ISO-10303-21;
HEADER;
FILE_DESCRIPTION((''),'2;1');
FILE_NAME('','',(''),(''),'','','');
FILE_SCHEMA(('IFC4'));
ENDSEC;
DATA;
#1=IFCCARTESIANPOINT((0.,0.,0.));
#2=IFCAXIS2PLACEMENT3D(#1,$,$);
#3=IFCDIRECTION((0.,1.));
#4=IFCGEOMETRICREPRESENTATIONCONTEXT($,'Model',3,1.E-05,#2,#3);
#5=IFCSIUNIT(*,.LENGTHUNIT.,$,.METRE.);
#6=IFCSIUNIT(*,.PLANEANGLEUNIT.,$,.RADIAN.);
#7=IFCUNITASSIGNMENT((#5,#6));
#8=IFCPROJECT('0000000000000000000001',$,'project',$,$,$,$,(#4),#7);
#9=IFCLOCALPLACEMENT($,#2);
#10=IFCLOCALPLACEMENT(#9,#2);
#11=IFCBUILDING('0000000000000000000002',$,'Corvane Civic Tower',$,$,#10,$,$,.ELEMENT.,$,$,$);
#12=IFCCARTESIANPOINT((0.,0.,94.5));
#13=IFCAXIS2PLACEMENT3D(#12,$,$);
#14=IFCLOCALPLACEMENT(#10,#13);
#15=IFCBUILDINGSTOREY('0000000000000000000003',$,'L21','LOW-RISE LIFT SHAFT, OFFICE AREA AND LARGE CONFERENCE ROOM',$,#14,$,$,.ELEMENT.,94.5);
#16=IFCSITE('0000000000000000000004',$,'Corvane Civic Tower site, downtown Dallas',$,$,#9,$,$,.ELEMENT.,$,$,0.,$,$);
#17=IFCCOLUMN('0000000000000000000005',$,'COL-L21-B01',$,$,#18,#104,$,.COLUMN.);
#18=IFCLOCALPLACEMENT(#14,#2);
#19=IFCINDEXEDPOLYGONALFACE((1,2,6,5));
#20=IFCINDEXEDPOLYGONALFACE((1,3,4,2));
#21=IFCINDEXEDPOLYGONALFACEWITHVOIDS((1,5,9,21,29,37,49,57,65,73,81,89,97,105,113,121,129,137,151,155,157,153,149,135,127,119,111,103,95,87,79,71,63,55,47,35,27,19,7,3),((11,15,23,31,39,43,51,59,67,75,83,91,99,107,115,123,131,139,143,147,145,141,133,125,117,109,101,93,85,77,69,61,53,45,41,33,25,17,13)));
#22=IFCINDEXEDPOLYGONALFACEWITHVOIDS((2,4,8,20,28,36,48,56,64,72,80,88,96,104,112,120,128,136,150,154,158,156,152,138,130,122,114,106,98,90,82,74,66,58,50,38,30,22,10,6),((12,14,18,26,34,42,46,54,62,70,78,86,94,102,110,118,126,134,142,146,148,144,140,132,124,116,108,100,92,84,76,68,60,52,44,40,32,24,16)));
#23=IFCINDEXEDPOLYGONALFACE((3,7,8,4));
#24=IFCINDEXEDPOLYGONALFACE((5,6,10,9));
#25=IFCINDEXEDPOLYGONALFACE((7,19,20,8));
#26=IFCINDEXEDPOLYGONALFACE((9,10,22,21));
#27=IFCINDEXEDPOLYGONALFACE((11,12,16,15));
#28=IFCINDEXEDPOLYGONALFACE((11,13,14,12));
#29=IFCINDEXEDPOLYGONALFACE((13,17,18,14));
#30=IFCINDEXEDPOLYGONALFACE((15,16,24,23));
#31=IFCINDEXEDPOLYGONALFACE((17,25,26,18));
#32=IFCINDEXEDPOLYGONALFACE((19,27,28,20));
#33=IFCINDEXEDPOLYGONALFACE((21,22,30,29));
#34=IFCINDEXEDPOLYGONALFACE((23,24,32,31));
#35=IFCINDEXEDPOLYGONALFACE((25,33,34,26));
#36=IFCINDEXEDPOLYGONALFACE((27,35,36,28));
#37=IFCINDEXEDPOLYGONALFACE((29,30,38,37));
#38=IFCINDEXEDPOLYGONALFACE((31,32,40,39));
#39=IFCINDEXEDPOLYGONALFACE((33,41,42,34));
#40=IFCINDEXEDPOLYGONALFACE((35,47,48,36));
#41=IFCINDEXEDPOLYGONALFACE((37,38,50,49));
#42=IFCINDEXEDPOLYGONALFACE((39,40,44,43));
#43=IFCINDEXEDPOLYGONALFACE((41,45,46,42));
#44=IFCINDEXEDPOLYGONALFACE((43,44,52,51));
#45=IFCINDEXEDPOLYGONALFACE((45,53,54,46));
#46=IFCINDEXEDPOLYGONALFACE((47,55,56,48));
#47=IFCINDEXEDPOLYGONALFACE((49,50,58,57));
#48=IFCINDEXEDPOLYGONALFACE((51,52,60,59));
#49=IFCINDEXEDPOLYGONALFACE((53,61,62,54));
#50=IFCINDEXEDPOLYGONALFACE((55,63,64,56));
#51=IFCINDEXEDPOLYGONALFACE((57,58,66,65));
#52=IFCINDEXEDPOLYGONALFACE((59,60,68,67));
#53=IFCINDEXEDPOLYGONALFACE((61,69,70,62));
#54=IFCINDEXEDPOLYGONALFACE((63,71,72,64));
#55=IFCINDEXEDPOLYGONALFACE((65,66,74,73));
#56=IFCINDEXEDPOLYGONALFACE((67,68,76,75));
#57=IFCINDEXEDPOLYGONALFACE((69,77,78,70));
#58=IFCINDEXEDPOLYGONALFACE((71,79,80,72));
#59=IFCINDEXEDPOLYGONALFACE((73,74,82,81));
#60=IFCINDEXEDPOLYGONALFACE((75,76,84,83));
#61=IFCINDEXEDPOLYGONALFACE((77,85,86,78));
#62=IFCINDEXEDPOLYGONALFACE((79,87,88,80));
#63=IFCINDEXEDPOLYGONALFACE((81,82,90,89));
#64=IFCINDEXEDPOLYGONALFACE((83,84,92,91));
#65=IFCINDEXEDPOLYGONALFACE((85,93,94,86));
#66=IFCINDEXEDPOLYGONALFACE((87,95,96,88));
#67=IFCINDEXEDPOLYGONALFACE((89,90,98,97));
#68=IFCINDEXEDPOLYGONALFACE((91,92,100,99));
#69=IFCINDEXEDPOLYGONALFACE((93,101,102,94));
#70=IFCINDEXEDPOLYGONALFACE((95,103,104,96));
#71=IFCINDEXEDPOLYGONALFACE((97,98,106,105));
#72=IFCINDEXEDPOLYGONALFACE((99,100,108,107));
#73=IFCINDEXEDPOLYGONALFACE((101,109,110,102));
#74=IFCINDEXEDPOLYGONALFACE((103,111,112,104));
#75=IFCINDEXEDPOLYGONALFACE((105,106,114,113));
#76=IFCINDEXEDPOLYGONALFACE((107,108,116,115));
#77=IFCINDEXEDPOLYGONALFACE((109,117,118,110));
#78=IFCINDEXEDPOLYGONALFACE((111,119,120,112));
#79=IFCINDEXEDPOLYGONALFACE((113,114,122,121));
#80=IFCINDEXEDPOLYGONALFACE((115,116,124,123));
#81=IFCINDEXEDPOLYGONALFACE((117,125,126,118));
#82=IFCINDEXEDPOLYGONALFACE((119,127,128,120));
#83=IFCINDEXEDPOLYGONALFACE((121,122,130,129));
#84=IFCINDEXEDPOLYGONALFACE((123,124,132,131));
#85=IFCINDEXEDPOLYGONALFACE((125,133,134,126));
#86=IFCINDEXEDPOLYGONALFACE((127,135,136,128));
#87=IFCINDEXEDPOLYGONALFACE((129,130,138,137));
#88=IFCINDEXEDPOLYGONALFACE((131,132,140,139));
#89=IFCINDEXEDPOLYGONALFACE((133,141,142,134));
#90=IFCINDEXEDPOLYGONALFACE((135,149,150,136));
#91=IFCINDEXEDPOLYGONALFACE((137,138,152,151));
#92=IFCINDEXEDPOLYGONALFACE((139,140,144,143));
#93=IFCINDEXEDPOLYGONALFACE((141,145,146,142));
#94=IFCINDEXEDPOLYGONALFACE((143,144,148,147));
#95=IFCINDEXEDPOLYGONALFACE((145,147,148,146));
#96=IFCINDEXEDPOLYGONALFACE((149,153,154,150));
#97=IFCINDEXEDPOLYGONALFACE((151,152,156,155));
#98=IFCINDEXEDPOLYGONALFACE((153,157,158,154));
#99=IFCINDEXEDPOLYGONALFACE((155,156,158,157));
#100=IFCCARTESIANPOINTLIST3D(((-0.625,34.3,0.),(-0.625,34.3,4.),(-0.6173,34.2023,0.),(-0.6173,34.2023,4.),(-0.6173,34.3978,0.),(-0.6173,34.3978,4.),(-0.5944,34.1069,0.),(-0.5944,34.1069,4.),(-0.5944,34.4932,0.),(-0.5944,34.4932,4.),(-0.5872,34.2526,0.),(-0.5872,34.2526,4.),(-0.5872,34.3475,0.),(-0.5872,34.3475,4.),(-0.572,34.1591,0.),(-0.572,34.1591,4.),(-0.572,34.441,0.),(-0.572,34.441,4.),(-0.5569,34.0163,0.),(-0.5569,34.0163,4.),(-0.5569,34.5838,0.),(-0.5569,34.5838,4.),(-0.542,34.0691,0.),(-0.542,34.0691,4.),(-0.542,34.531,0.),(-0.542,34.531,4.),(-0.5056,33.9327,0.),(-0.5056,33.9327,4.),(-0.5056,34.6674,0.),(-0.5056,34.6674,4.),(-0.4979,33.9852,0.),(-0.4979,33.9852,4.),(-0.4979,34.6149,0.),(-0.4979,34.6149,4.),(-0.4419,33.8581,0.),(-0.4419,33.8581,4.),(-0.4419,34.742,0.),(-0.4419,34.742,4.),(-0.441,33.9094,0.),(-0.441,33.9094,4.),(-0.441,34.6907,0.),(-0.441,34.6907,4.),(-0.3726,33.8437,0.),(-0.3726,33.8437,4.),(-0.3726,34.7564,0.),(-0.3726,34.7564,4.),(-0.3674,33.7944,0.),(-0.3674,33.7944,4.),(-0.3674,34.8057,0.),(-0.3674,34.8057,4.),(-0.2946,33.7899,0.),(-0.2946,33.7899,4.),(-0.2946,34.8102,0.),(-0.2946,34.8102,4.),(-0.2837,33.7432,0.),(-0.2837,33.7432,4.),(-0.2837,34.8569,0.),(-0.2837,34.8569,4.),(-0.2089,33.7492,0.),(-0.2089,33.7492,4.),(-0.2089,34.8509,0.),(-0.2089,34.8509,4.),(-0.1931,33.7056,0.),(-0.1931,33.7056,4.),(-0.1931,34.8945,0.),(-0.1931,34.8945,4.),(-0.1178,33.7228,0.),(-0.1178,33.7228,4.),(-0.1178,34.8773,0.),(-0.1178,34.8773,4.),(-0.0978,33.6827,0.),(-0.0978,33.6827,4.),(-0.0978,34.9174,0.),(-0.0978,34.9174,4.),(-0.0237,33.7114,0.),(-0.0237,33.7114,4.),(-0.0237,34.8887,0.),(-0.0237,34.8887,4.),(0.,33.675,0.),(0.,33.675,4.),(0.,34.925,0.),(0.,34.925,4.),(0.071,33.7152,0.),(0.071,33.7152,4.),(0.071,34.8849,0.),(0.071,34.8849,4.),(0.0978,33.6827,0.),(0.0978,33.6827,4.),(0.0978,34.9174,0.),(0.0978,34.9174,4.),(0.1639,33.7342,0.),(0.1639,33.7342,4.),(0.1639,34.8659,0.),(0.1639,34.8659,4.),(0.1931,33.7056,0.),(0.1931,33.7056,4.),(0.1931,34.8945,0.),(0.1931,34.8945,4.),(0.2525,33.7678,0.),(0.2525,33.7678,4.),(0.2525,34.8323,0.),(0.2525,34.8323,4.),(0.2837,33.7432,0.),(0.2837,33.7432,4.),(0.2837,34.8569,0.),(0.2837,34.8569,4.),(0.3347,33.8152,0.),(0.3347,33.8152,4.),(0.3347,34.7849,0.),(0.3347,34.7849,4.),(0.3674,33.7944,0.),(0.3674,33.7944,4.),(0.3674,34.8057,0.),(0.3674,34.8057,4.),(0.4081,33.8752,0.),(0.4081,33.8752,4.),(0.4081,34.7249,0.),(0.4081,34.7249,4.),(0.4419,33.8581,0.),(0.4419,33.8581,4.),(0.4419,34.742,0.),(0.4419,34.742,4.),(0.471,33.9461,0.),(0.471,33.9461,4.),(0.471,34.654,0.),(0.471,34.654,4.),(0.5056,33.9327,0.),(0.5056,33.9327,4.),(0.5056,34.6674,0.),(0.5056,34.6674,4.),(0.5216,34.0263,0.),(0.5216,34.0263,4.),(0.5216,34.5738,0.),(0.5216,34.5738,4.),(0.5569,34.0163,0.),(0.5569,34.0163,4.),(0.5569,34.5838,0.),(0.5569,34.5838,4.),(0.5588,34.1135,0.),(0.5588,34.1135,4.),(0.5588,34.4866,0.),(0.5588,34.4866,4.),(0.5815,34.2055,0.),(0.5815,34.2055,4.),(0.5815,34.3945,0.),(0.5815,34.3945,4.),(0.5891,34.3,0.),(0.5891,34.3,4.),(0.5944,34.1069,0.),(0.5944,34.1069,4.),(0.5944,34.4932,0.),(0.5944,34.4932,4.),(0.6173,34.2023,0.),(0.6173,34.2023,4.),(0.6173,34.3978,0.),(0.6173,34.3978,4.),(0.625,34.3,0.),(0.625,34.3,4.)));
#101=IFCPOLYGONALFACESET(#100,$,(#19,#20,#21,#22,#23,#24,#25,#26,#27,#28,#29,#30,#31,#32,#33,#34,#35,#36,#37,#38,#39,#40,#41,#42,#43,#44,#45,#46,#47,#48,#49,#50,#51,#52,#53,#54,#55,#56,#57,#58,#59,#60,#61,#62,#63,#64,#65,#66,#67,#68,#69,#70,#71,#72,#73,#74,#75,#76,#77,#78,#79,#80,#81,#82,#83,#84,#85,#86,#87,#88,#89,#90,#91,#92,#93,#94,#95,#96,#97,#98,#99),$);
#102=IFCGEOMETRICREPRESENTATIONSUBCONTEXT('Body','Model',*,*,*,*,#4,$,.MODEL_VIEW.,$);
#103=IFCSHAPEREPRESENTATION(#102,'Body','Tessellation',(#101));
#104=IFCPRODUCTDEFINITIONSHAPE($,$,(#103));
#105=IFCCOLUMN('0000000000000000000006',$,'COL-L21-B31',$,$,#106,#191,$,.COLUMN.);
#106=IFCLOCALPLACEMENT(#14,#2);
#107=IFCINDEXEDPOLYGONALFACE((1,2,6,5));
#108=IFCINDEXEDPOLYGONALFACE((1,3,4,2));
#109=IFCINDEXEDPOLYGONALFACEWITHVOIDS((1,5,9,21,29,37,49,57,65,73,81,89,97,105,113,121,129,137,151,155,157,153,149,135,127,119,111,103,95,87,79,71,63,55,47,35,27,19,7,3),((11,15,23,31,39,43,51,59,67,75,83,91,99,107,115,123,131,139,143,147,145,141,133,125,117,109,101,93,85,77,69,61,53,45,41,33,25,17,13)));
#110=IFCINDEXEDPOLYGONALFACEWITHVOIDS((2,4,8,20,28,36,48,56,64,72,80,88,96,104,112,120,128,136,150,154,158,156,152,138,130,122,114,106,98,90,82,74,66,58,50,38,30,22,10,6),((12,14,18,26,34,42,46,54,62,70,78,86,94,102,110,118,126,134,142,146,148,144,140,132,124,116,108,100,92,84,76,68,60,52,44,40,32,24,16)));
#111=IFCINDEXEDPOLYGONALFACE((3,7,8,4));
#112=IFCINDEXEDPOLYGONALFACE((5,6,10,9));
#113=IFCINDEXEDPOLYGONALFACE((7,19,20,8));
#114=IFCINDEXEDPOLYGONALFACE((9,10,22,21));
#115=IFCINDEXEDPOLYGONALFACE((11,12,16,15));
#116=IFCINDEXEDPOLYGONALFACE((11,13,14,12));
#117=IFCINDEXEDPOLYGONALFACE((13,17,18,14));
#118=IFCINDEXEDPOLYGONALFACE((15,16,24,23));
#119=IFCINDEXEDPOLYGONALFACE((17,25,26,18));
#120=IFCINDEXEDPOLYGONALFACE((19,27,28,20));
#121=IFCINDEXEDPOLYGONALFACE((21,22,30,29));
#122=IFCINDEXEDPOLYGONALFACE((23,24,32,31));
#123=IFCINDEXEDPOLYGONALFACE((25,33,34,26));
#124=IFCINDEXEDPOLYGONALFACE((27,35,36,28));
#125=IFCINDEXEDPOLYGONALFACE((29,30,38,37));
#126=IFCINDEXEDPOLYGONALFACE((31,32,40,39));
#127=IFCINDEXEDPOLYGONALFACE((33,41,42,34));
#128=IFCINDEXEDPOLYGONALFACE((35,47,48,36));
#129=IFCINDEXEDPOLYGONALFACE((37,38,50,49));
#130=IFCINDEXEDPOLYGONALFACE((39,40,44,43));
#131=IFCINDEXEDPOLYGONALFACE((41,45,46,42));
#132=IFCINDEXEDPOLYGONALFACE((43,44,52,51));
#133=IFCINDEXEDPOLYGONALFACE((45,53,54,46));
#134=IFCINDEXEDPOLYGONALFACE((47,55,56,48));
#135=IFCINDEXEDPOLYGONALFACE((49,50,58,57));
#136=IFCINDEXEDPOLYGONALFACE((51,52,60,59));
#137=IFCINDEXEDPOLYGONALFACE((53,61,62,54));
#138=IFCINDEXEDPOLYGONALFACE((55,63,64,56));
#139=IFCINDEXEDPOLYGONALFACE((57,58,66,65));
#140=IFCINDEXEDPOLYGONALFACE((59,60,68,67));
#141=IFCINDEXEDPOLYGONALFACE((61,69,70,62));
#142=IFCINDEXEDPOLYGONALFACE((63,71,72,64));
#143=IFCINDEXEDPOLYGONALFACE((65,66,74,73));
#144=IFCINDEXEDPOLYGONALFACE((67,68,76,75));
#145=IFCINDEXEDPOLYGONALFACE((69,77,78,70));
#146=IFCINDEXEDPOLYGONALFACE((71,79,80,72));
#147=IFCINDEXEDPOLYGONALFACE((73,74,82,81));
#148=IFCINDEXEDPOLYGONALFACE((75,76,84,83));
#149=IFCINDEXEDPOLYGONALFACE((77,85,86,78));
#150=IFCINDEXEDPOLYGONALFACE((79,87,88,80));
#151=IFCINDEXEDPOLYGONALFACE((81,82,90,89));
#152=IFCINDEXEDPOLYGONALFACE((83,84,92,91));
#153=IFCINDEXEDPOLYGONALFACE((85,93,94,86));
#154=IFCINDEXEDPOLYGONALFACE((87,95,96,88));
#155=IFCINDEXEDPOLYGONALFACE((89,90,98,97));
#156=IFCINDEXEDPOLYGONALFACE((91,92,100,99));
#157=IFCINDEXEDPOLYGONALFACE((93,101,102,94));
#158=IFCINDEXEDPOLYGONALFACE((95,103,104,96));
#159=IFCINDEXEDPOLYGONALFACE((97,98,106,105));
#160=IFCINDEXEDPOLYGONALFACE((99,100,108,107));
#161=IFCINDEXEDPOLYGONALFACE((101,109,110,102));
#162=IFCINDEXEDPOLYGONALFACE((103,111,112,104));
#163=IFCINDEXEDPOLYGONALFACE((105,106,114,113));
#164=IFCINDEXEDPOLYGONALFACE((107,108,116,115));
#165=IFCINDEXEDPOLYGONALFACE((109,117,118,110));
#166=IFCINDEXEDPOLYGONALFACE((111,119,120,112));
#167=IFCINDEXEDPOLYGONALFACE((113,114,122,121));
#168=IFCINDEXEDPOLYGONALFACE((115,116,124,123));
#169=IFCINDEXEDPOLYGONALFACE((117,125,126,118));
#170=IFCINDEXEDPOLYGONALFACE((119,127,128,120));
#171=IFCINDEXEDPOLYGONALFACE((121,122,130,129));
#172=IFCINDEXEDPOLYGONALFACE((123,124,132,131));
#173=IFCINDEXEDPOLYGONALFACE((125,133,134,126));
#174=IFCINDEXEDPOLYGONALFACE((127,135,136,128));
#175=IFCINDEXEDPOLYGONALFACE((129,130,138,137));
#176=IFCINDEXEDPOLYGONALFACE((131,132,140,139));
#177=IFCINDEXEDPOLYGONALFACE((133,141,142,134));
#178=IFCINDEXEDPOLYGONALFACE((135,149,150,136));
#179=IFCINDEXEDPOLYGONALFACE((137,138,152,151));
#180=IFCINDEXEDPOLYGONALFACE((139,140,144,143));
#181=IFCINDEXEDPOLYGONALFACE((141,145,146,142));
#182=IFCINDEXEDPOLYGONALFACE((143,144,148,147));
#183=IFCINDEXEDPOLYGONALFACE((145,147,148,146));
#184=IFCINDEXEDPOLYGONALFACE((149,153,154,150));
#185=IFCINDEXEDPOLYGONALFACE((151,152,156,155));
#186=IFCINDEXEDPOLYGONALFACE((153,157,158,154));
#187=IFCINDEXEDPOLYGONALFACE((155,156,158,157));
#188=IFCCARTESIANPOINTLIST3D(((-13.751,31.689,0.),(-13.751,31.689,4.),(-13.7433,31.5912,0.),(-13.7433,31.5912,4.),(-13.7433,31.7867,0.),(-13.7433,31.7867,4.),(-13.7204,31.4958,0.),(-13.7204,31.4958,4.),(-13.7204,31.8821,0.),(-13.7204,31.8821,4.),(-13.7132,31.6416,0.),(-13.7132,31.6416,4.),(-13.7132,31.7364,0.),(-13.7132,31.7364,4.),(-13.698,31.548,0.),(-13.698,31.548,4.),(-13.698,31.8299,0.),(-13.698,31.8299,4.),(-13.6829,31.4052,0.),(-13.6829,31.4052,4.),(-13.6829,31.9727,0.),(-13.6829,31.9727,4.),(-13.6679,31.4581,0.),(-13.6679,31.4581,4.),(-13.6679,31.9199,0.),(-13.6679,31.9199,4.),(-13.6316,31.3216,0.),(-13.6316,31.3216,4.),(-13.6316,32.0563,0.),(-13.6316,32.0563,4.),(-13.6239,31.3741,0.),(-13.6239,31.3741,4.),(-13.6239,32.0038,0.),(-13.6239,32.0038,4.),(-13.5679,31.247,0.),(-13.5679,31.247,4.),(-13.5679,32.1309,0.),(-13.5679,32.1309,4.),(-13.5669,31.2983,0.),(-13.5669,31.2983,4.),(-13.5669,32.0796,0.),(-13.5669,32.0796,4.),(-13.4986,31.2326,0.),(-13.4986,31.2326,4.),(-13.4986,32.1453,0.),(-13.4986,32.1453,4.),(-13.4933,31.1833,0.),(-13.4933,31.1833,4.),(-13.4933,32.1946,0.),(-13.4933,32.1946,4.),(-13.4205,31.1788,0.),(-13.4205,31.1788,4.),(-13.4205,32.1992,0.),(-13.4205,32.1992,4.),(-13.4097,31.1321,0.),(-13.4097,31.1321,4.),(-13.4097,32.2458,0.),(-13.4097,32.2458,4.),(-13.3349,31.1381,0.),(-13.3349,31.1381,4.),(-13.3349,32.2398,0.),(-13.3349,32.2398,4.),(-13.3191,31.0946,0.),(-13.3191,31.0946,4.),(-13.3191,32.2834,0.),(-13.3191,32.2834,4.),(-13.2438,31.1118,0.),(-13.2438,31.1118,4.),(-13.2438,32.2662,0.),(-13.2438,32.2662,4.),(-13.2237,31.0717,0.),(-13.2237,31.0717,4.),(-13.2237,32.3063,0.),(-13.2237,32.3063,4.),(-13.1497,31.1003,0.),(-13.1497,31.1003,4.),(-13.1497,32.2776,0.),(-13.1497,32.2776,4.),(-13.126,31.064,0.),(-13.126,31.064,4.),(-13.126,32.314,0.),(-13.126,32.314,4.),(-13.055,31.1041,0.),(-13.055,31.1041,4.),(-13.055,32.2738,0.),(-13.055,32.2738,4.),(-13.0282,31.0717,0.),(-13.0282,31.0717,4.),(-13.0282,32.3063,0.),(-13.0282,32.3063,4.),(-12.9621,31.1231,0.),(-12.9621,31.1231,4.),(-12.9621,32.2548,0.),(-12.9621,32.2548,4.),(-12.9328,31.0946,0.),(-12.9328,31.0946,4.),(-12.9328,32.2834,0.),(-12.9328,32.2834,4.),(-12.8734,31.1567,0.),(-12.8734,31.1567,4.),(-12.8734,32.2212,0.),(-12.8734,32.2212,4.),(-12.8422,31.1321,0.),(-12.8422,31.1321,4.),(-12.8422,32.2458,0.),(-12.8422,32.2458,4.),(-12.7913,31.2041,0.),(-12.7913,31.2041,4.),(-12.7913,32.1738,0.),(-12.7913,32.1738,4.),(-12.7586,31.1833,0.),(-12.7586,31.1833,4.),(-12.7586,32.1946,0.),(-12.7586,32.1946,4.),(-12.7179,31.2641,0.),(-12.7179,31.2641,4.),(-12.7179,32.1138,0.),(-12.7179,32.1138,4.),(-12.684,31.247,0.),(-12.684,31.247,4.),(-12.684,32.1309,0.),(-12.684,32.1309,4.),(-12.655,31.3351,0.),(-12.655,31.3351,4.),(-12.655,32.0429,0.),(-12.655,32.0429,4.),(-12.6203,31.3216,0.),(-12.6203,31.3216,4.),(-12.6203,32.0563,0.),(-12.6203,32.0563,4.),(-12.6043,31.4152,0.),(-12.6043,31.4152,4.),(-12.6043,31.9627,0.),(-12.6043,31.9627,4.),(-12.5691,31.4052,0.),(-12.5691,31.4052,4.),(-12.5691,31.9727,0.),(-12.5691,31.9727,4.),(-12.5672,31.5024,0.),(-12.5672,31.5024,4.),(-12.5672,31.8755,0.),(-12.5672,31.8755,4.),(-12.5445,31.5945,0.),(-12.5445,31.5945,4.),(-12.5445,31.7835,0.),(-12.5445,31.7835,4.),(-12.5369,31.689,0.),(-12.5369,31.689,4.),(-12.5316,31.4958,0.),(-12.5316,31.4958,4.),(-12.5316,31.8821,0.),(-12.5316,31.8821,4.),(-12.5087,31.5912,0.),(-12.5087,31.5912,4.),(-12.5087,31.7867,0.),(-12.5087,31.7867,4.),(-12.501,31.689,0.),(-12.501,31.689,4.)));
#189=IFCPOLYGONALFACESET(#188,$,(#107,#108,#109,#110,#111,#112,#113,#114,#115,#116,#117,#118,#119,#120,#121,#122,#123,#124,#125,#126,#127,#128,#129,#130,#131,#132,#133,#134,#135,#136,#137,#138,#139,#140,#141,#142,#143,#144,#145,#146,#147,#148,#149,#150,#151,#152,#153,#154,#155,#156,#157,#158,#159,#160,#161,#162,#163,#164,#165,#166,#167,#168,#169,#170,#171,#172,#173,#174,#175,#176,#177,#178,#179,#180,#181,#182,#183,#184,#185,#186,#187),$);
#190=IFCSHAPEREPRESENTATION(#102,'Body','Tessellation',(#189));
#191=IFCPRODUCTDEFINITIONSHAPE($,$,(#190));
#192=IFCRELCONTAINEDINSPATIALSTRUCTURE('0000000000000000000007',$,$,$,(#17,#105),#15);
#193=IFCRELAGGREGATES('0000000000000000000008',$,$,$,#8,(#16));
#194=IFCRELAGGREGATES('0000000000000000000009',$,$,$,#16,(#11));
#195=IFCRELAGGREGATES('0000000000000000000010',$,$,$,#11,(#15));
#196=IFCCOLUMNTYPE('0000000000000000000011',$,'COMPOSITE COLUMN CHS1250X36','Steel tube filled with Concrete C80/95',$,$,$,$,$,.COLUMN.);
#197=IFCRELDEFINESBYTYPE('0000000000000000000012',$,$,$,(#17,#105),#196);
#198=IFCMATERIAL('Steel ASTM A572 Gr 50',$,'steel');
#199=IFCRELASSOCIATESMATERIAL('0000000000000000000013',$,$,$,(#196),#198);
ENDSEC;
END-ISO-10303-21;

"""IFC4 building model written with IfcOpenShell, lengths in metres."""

from ifc_helpers import new_model, si_unit, direction, frame, origin, origin_2d, place, context, subcontext, project, spatial, hollow_circle, extrude, material, material_profile, profile_set, type_object, element, save


model = new_model("IFC4")

# Units and contexts
model_context = context("Model", 3, precision=1e-05, world=origin(), true_north=direction((0.0, 1.0)))
body_context = subcontext(model_context, "Body", "Model", "MODEL_VIEW")
ifc_project = project(units=[si_unit("LENGTHUNIT", "METRE"), si_unit("PLANEANGLEUNIT", "RADIAN")], contexts=[model_context])

# Site, building, storey
site_placement = place(None, origin())
site = spatial("IfcSite", under=ifc_project, at=site_placement, Name="Corvane Civic Tower site, downtown Dallas", CompositionType="ELEMENT", RefElevation=0.0)
building_placement = place(site_placement, origin())
building = spatial("IfcBuilding", under=site, at=building_placement, Name="Corvane Civic Tower", CompositionType="ELEMENT")
storey_placement = place(building_placement, frame((0.0, 0.0, 94.5)))
storey = spatial("IfcBuildingStorey", under=building, at=storey_placement, Name="L21", Description="LOW-RISE LIFT SHAFT, OFFICE AREA AND LARGE CONFERENCE ROOM", CompositionType="ELEMENT", Elevation=94.5)

# Columns
ifc_material_1 = material(Name="Steel ASTM A572 Gr 50", Category="steel")
ifc_material_profile_1 = material_profile(ifc_material_1, hollow_circle(Radius=0.625, WallThickness=0.0359, at=origin_2d()), Name="CHS1250X36")
ifc_profile_set_1 = profile_set([ifc_material_profile_1], Name="Steel ASTM A572 Gr 50")
column_type = type_object("IfcColumnType", Name="COMPOSITE COLUMN CHS1250X36", Description="Steel tube filled with Concrete C80/95", PredefinedType="COLUMN", material=ifc_profile_set_1)
for number, where, z_axis, x_axis, name in (
    (1, (0.0, 34.3, 0.0), (0.0, 0.0, 1.0), (1.0, 0.0, 0.0), "COL-L21-B01"),
    (2, (-13.126, 31.689, 0.0), (0.0, 0.0, 1.0), (1.0, 0.0, 0.0), "COL-L21-B31"),
):
    element("IfcColumn", number, at=place(storey_placement, frame(where, z_axis=z_axis, x_axis=x_axis)), inside=storey, type_object=column_type, Name=name, PredefinedType="COLUMN", context=body_context, shape_type="SweptSolid", body=[
        extrude(hollow_circle(Radius=0.625, WallThickness=0.0359, at=origin_2d()), origin(), (0.0, 0.0, 1.0), 4.0),
    ])

save(model, "model.ifc")
